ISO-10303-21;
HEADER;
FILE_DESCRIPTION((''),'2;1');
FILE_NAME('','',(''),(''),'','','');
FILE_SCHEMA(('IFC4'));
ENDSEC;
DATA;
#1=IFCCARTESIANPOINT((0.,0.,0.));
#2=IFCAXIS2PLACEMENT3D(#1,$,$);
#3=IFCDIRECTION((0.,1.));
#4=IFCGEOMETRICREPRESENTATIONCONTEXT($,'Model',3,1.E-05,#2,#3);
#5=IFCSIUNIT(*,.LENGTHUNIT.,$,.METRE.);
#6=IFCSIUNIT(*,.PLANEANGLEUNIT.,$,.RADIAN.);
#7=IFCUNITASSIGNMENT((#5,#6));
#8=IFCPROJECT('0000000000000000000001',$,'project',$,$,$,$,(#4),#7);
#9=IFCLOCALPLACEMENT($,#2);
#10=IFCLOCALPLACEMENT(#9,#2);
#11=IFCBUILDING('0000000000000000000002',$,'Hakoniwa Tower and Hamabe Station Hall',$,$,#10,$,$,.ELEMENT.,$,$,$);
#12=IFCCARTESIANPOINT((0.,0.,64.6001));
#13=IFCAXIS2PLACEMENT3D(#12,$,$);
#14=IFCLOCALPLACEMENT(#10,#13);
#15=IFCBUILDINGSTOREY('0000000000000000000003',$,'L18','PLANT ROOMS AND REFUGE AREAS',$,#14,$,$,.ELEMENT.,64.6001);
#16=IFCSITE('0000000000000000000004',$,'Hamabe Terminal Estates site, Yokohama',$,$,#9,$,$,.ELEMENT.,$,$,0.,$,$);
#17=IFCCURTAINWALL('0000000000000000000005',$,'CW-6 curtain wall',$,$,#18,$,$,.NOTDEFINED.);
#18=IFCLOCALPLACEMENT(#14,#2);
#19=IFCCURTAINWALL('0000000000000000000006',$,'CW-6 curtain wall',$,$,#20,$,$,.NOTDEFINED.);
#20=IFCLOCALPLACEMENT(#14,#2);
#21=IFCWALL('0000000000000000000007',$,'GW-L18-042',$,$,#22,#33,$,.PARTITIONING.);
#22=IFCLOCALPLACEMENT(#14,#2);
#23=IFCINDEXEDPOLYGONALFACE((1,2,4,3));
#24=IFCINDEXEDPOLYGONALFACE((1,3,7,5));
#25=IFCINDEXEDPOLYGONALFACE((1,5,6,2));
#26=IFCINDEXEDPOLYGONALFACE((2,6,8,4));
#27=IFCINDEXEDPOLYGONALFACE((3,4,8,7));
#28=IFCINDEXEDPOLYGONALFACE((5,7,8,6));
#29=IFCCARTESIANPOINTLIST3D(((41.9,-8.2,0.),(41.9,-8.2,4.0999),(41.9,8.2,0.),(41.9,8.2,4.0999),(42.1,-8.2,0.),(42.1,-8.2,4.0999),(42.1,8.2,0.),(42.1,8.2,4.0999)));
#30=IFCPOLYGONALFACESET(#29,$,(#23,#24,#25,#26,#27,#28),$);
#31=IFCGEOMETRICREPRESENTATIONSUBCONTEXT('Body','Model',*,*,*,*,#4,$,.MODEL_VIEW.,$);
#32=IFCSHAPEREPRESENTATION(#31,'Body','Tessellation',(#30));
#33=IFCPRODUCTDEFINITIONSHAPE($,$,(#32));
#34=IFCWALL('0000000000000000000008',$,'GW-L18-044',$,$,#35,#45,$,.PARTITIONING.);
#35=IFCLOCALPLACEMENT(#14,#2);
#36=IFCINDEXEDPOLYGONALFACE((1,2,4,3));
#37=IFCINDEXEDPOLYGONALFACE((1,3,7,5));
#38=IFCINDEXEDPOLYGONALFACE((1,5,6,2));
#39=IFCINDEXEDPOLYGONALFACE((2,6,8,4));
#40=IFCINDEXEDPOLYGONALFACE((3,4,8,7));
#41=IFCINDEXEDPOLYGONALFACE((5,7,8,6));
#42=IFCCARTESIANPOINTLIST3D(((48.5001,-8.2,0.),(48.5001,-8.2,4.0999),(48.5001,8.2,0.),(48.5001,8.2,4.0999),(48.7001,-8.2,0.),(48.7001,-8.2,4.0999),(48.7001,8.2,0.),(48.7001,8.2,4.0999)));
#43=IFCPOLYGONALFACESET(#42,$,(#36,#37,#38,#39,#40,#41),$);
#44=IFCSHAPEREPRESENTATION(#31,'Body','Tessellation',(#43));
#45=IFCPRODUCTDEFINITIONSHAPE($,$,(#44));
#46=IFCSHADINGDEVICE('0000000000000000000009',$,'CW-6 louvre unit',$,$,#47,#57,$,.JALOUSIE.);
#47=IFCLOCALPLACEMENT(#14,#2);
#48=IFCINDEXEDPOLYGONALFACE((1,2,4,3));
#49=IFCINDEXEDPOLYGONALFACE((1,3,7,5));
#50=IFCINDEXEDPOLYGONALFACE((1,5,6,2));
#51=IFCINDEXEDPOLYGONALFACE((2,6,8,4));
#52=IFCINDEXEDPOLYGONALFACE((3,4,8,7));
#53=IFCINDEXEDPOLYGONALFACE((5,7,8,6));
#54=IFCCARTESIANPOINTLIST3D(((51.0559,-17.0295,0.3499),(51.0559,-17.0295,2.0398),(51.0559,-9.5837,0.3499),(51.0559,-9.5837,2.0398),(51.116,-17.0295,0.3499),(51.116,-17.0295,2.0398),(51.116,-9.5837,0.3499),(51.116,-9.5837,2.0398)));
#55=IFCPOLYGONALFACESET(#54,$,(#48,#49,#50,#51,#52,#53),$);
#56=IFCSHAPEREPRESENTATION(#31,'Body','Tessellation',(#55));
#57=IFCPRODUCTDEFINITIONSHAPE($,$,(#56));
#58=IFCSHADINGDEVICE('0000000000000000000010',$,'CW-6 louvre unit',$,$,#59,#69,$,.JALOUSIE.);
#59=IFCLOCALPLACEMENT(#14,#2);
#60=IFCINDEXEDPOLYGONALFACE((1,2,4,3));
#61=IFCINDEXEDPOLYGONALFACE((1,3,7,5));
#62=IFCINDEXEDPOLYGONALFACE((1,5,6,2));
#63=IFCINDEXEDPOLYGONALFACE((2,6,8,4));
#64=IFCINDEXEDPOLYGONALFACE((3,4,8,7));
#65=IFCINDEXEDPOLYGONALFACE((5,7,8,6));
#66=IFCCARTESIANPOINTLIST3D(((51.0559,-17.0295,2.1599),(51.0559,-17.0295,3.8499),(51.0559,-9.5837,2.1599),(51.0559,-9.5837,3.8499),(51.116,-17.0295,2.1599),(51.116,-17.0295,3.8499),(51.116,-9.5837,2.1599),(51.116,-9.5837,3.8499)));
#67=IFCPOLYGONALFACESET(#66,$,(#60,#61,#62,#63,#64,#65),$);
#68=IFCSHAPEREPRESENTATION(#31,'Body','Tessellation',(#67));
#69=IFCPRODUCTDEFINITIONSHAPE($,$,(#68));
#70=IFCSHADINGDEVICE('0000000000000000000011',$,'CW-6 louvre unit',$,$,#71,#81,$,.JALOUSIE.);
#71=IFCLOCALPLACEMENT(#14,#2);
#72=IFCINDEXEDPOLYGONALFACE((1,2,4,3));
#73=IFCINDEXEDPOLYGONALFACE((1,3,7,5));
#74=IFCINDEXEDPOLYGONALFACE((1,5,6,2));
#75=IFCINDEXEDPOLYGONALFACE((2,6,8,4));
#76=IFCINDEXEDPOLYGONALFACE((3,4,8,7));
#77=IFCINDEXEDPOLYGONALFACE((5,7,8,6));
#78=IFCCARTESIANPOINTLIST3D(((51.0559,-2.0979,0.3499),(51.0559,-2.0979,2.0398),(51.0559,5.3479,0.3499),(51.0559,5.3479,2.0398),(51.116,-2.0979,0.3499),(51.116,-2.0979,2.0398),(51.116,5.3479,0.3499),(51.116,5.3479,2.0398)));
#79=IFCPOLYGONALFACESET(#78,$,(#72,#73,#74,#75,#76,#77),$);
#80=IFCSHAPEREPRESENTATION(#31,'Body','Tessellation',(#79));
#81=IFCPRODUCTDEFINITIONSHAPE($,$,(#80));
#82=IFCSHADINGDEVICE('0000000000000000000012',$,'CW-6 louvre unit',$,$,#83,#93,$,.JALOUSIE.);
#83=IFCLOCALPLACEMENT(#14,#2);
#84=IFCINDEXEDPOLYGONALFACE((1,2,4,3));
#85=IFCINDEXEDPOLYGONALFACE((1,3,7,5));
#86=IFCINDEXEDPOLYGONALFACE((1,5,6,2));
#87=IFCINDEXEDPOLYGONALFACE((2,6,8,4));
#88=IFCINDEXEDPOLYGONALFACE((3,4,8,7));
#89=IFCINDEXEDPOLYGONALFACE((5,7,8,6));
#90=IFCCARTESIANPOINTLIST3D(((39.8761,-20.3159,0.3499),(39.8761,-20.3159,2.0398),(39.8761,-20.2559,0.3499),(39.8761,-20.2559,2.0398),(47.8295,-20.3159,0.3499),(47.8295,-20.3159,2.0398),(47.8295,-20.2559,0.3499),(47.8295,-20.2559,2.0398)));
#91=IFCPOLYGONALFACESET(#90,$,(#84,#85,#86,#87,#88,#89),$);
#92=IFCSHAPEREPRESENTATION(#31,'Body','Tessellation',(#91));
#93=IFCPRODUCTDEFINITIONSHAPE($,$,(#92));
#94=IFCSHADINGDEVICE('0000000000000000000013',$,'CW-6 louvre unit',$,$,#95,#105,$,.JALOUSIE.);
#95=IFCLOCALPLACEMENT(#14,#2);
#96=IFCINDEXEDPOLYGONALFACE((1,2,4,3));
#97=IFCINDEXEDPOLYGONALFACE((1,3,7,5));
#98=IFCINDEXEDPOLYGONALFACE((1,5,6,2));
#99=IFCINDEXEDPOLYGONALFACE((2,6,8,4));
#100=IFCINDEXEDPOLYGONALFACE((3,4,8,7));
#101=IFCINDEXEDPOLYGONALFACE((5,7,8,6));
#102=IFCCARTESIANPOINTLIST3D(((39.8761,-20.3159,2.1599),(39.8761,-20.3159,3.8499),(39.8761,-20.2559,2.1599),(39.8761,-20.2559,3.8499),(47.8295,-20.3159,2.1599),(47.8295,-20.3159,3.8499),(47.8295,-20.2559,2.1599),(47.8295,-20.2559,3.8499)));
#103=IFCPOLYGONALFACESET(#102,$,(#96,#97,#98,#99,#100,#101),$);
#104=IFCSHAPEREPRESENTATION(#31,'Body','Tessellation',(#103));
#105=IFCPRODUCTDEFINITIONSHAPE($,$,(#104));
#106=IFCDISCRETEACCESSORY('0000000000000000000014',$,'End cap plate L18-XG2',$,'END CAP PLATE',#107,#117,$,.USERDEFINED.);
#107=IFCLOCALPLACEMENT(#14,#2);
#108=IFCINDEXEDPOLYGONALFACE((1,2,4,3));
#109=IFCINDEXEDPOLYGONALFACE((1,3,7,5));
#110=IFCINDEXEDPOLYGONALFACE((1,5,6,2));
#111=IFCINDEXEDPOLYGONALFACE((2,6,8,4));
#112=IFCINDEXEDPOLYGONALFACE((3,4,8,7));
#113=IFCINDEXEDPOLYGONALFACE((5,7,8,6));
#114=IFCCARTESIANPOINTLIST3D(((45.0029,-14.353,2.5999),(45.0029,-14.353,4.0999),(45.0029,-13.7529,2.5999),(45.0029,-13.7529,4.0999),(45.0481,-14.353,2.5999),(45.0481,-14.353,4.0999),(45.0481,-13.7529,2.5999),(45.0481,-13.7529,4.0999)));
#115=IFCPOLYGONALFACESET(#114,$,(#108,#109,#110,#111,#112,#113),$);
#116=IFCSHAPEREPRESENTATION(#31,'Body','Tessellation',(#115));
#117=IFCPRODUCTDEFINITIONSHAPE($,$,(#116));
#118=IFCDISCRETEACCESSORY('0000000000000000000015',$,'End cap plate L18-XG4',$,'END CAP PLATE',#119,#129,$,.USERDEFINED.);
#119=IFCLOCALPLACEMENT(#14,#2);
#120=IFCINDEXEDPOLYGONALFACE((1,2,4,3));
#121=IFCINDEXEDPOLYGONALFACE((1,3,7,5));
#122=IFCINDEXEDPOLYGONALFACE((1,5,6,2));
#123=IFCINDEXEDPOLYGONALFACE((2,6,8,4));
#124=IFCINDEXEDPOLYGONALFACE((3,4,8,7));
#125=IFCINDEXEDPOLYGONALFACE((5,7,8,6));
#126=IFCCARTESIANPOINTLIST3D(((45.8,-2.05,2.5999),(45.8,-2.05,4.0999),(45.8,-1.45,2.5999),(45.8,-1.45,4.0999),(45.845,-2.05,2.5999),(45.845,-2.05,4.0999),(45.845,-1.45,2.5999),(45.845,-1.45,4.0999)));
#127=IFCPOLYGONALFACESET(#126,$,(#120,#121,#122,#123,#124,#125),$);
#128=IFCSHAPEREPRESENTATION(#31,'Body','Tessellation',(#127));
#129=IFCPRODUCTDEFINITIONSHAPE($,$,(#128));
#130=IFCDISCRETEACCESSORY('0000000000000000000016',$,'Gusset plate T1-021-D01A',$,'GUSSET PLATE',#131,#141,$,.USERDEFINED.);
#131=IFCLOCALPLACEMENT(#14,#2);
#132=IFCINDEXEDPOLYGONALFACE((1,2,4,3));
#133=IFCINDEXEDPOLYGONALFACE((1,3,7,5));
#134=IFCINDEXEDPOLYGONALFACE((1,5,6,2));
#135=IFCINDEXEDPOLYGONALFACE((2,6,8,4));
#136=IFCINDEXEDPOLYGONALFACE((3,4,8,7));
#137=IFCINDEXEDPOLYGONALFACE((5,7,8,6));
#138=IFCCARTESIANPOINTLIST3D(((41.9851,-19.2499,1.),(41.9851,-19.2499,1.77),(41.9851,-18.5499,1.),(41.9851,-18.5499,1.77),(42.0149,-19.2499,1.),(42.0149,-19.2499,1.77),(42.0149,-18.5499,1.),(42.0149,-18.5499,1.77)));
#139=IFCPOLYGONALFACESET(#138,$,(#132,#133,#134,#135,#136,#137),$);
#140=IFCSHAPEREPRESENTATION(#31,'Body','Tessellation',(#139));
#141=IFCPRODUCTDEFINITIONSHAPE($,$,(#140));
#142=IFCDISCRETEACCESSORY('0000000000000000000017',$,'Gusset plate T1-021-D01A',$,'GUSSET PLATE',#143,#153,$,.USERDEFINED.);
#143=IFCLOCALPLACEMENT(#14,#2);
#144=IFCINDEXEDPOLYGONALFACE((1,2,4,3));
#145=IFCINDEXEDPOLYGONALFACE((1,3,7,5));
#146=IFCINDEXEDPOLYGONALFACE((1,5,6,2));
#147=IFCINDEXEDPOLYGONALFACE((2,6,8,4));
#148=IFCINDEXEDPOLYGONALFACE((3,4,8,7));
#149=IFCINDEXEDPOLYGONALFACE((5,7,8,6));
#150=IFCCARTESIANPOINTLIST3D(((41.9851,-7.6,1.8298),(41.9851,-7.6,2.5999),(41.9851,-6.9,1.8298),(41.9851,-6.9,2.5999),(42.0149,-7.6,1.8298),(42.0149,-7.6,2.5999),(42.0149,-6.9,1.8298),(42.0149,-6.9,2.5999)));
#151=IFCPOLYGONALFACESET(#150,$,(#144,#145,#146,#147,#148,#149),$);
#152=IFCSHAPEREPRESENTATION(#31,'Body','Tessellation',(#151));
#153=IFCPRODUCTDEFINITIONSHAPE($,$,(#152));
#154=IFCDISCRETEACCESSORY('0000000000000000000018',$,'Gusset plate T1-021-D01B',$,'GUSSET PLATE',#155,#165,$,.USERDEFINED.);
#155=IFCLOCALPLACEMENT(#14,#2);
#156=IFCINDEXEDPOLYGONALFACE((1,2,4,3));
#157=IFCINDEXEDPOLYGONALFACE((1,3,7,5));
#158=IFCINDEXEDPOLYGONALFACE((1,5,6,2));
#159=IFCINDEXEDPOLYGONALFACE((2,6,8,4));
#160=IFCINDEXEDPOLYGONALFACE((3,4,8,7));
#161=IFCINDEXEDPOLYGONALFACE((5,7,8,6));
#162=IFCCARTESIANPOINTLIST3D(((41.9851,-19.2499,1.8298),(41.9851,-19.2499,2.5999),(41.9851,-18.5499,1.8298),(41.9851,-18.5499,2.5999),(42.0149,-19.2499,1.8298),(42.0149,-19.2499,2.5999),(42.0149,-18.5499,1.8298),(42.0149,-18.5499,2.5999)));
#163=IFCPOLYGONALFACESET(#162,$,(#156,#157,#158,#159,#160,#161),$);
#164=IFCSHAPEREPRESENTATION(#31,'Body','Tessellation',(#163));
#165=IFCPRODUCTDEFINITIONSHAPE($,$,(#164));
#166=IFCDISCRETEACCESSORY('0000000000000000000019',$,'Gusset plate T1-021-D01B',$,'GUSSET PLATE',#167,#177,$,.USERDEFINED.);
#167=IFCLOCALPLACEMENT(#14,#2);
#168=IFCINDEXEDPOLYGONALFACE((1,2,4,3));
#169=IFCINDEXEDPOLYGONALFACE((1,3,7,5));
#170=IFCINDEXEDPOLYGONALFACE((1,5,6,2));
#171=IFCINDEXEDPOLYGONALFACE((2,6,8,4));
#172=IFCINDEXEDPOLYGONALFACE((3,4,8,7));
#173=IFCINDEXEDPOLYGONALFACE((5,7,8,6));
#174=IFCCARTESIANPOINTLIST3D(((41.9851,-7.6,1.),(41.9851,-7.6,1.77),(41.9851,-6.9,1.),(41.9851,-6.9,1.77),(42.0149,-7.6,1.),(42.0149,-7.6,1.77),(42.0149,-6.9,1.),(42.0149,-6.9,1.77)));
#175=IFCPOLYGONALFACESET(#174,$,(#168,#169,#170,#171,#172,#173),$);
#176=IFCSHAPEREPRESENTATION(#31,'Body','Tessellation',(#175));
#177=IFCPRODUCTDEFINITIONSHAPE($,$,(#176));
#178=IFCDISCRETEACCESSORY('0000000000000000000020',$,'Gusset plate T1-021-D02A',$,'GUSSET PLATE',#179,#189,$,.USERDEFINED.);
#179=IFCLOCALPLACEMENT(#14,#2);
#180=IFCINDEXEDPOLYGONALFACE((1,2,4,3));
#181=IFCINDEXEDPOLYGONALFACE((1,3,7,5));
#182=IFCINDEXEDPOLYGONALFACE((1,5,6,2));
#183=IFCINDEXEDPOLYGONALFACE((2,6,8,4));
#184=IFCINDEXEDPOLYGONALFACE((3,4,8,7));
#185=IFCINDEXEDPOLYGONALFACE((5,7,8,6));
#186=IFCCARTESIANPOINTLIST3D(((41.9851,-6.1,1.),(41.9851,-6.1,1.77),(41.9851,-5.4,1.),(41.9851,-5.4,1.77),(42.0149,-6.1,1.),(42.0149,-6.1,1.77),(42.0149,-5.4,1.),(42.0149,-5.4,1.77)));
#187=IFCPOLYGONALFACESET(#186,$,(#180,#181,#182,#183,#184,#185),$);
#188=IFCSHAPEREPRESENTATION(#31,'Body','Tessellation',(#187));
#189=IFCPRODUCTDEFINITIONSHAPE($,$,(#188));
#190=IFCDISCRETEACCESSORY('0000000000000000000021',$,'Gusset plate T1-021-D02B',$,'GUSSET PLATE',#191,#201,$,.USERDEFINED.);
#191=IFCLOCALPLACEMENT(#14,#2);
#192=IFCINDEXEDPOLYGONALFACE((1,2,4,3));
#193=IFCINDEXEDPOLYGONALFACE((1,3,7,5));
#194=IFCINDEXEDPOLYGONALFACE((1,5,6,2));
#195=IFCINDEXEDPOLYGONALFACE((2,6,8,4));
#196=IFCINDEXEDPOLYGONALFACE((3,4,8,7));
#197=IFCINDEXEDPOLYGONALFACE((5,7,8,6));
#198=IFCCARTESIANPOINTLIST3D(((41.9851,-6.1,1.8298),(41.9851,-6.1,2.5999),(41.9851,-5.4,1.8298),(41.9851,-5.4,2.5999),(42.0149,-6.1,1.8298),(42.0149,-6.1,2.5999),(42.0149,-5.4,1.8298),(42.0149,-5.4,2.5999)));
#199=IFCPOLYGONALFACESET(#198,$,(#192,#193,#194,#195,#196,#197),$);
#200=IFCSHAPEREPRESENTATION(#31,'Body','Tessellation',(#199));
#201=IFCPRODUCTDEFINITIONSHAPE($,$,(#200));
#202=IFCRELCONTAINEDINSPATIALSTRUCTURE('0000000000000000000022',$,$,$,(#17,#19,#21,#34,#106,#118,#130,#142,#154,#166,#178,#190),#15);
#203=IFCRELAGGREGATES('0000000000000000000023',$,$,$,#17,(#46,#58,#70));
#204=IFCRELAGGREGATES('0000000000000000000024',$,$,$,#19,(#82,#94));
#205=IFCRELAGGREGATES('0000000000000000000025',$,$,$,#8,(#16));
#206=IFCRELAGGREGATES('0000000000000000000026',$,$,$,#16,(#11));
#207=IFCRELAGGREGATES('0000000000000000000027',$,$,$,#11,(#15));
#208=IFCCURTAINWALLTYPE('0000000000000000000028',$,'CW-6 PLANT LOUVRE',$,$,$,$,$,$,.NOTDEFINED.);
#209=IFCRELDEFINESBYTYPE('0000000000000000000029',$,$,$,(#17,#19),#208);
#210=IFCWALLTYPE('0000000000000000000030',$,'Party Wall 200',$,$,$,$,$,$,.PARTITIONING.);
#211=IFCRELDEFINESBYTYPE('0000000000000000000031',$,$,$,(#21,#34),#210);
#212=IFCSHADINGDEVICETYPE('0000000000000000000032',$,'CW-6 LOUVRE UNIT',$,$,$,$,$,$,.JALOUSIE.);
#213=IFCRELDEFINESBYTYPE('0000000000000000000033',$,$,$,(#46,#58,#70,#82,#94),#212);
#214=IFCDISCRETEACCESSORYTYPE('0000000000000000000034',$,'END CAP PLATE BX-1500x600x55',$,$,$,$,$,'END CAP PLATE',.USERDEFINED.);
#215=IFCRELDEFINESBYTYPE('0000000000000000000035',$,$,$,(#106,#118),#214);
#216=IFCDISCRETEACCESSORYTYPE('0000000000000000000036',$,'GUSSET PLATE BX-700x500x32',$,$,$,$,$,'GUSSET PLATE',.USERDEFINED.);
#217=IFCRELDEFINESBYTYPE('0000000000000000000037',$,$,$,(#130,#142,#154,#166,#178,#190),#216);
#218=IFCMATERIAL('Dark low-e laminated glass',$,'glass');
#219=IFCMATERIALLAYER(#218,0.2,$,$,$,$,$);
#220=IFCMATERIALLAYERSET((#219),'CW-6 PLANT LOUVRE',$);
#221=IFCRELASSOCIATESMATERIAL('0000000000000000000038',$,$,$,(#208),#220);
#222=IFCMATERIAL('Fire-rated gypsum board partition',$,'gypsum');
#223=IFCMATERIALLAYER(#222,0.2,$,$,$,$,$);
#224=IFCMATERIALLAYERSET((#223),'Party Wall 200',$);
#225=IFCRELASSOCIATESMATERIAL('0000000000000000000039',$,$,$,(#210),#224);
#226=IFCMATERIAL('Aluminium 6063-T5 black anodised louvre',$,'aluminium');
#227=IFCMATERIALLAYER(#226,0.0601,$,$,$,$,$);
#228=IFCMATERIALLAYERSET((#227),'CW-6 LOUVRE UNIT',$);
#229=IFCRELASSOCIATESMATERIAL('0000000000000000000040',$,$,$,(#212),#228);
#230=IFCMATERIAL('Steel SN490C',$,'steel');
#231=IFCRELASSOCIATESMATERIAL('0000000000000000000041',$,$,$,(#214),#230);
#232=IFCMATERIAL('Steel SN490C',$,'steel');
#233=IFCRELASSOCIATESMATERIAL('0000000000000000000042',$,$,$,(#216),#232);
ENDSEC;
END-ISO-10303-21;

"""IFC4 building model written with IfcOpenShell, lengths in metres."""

from ifc_helpers import new_model, si_unit, direction, frame, frame_2d, origin, origin_2d, place, context, subcontext, project, spatial, rectangle, extrude, material, layer, layer_set, material_profile, profile_set, type_object, element, aggregate, save


model = new_model("IFC4")

# Units and contexts
model_context = context("Model", 3, precision=1e-05, world=origin(), true_north=direction((0.0, 1.0)))
body_context = subcontext(model_context, "Body", "Model", "MODEL_VIEW")
ifc_project = project(units=[si_unit("LENGTHUNIT", "METRE"), si_unit("PLANEANGLEUNIT", "RADIAN")], contexts=[model_context])

# Site, building, storey
site_placement = place(None, origin())
site = spatial("IfcSite", under=ifc_project, at=site_placement, Name="Hamabe Terminal Estates site, Yokohama", CompositionType="ELEMENT", RefElevation=0.0)
building_placement = place(site_placement, origin())
building = spatial("IfcBuilding", under=site, at=building_placement, Name="Hakoniwa Tower and Hamabe Station Hall", CompositionType="ELEMENT")
storey_placement = place(building_placement, frame((0.0, 0.0, 64.6001)))
storey = spatial("IfcBuildingStorey", under=building, at=storey_placement, Name="L18", Description="PLANT ROOMS AND REFUGE AREAS", CompositionType="ELEMENT", Elevation=64.6001)

# Curtain walls
ifc_material_1 = material(Name="Dark low-e laminated glass", Category="glass")
ifc_layer_1 = layer(ifc_material_1, 0.2)
ifc_layer_set_1 = layer_set([ifc_layer_1], Name="CW-6 PLANT LOUVRE")
curtain_wall_type = type_object("IfcCurtainWallType", Name="CW-6 PLANT LOUVRE", PredefinedType="NOTDEFINED", material=ifc_layer_set_1)
curtain_wall_1_placement = place(storey_placement, origin())
curtain_wall_1 = element("IfcCurtainWall", 1, at=curtain_wall_1_placement, inside=storey, type_object=curtain_wall_type, Name="CW-6 curtain wall", PredefinedType="NOTDEFINED")
curtain_wall_2_placement = place(storey_placement, origin())
curtain_wall_2 = element("IfcCurtainWall", 2, at=curtain_wall_2_placement, inside=storey, type_object=curtain_wall_type, Name="CW-6 curtain wall", PredefinedType="NOTDEFINED")

# Walls
ifc_material_2 = material(Name="Fire-rated gypsum board partition", Category="gypsum")
ifc_layer_2 = layer(ifc_material_2, 0.2)
ifc_layer_set_2 = layer_set([ifc_layer_2], Name="Party Wall 200")
wall_type = type_object("IfcWallType", Name="Party Wall 200", PredefinedType="PARTITIONING", material=ifc_layer_set_2)
for number, where, z_axis, x_axis, name in (
    (3, (42.0, -8.2, 0.0), (0.0, 0.0, 1.0), (0.0, 1.0, 0.0), "GW-L18-042"),
    (4, (48.6001, -8.2, 0.0), (0.0, 0.0, 1.0), (0.0, 1.0, 0.0), "GW-L18-044"),
):
    element("IfcWall", number, at=place(storey_placement, frame(where, z_axis=z_axis, x_axis=x_axis)), inside=storey, type_object=wall_type, Name=name, PredefinedType="PARTITIONING", context=body_context, shape_type="SweptSolid", body=[
        extrude(rectangle(XDim=16.3999, YDim=0.2, at=frame_2d((8.2, 0.0))), origin(), (0.0, 0.0, 1.0), 4.0999),
    ])

# Shading devices
ifc_material_3 = material(Name="Aluminium 6063-T5 black anodised louvre", Category="aluminium")
ifc_layer_3 = layer(ifc_material_3, 0.0601)
ifc_layer_set_3 = layer_set([ifc_layer_3], Name="CW-6 LOUVRE UNIT")
shading_device_type = type_object("IfcShadingDeviceType", Name="CW-6 LOUVRE UNIT", PredefinedType="JALOUSIE", material=ifc_layer_set_3)
shading_device_1_placement = place(storey_placement, frame((51.0859, -13.3066, 0.3499), z_axis=(0.0, 0.0, 1.0), x_axis=(0.0, 1.0, 0.0)))
shading_device_1 = element("IfcShadingDevice", 5, at=shading_device_1_placement, type_object=shading_device_type, Name="CW-6 louvre unit", PredefinedType="JALOUSIE", context=body_context, shape_type="SweptSolid", body=[
    extrude(rectangle(XDim=7.4458, YDim=0.0601, at=origin_2d()), origin(), (0.0, 0.0, 1.0), 1.6899),
])
shading_device_2_placement = place(storey_placement, frame((51.0859, -13.3066, 2.1599), z_axis=(0.0, 0.0, 1.0), x_axis=(0.0, 1.0, 0.0)))
shading_device_2 = element("IfcShadingDevice", 6, at=shading_device_2_placement, type_object=shading_device_type, Name="CW-6 louvre unit", PredefinedType="JALOUSIE", context=body_context, shape_type="SweptSolid", body=[
    extrude(rectangle(XDim=7.4458, YDim=0.0601, at=origin_2d()), origin(), (0.0, 0.0, 1.0), 1.6899),
])
shading_device_3_placement = place(storey_placement, frame((51.0859, 1.625, 0.3499), z_axis=(0.0, 0.0, 1.0), x_axis=(0.0, 1.0, 0.0)))
shading_device_3 = element("IfcShadingDevice", 7, at=shading_device_3_placement, type_object=shading_device_type, Name="CW-6 louvre unit", PredefinedType="JALOUSIE", context=body_context, shape_type="SweptSolid", body=[
    extrude(rectangle(XDim=7.4458, YDim=0.0601, at=origin_2d()), origin(), (0.0, 0.0, 1.0), 1.6899),
])
aggregate(curtain_wall_1, [shading_device_1, shading_device_2, shading_device_3])
shading_device_4_placement = place(storey_placement, frame((43.8528, -20.2859, 0.3499), z_axis=(0.0, 0.0, 1.0), x_axis=(1.0, 0.0, 0.0)))
shading_device_4 = element("IfcShadingDevice", 8, at=shading_device_4_placement, type_object=shading_device_type, Name="CW-6 louvre unit", PredefinedType="JALOUSIE", context=body_context, shape_type="SweptSolid", body=[
    extrude(rectangle(XDim=7.9534, YDim=0.0601, at=origin_2d()), origin(), (0.0, 0.0, 1.0), 1.6899),
])
shading_device_5_placement = place(storey_placement, frame((43.8528, -20.2859, 2.1599), z_axis=(0.0, 0.0, 1.0), x_axis=(1.0, 0.0, 0.0)))
shading_device_5 = element("IfcShadingDevice", 9, at=shading_device_5_placement, type_object=shading_device_type, Name="CW-6 louvre unit", PredefinedType="JALOUSIE", context=body_context, shape_type="SweptSolid", body=[
    extrude(rectangle(XDim=7.9534, YDim=0.0601, at=origin_2d()), origin(), (0.0, 0.0, 1.0), 1.6899),
])
aggregate(curtain_wall_2, [shading_device_4, shading_device_5])

# Discrete accessories
ifc_material_4 = material(Name="Steel SN490C", Category="steel")
ifc_material_profile_1 = material_profile(ifc_material_4, rectangle(XDim=0.6001, YDim=1.5, at=origin_2d()), Name="END CAP PLATE BX-1500x600x55")
ifc_profile_set_1 = profile_set([ifc_material_profile_1], Name="Steel SN490C")
discrete_accessory_type_1 = type_object("IfcDiscreteAccessoryType", Name="END CAP PLATE BX-1500x600x55", ElementType="END CAP PLATE", PredefinedType="USERDEFINED", material=ifc_profile_set_1)
discrete_accessory_1_placement = place(storey_placement, frame((45.0029, -14.053, 3.3499), z_axis=(1.0, 0.0, 0.0), x_axis=(0.0, 1.0, 0.0)))
element("IfcDiscreteAccessory", 10, at=discrete_accessory_1_placement, inside=storey, type_object=discrete_accessory_type_1, Name="End cap plate L18-XG2", ObjectType="END CAP PLATE", PredefinedType="USERDEFINED", context=body_context, shape_type="SweptSolid", body=[
    extrude(rectangle(XDim=0.6001, YDim=1.5, at=origin_2d()), origin(), (0.0, 0.0, 1.0), 0.0452),
])
discrete_accessory_2_placement = place(storey_placement, frame((45.8, -1.75, 3.3499), z_axis=(1.0, 0.0, 0.0), x_axis=(0.0, 1.0, 0.0)))
element("IfcDiscreteAccessory", 11, at=discrete_accessory_2_placement, inside=storey, type_object=discrete_accessory_type_1, Name="End cap plate L18-XG4", ObjectType="END CAP PLATE", PredefinedType="USERDEFINED", context=body_context, shape_type="SweptSolid", body=[
    extrude(rectangle(XDim=0.6001, YDim=1.5, at=origin_2d()), origin(), (0.0, 0.0, 1.0), 0.0449),
])
ifc_material_5 = material(Name="Steel SN490C", Category="steel")
ifc_material_profile_2 = material_profile(ifc_material_5, rectangle(XDim=0.7, YDim=0.77, at=origin_2d()), Name="GUSSET PLATE BX-700x500x32")
ifc_profile_set_2 = profile_set([ifc_material_profile_2], Name="Steel SN490C")
discrete_accessory_type_2 = type_object("IfcDiscreteAccessoryType", Name="GUSSET PLATE BX-700x500x32", ElementType="GUSSET PLATE", PredefinedType="USERDEFINED", material=ifc_profile_set_2)
for number, where, z_axis, x_axis, name in (
    (12, (42.0149, -18.8999, 1.385), (-1.0, 0.0, 0.0), (0.0, -1.0, 0.0), "Gusset plate T1-021-D01A"),
    (13, (42.0149, -7.25, 2.2148), (-1.0, 0.0, 0.0), (0.0, -1.0, 0.0), "Gusset plate T1-021-D01A"),
    (14, (42.0149, -18.8999, 2.2148), (-1.0, 0.0, 0.0), (0.0, -1.0, 0.0), "Gusset plate T1-021-D01B"),
    (15, (42.0149, -7.25, 1.385), (-1.0, 0.0, 0.0), (0.0, -1.0, 0.0), "Gusset plate T1-021-D01B"),
    (16, (42.0149, -5.75, 1.385), (-1.0, 0.0, 0.0), (0.0, -1.0, 0.0), "Gusset plate T1-021-D02A"),
    (17, (42.0149, -5.75, 2.2148), (-1.0, 0.0, 0.0), (0.0, -1.0, 0.0), "Gusset plate T1-021-D02B"),
):
    element("IfcDiscreteAccessory", number, at=place(storey_placement, frame(where, z_axis=z_axis, x_axis=x_axis)), inside=storey, type_object=discrete_accessory_type_2, Name=name, ObjectType="GUSSET PLATE", PredefinedType="USERDEFINED", context=body_context, shape_type="SweptSolid", body=[
        extrude(rectangle(XDim=0.7, YDim=0.77, at=origin_2d()), origin(), (0.0, 0.0, 1.0), 0.0298),
    ])

save(model, "model.ifc")
